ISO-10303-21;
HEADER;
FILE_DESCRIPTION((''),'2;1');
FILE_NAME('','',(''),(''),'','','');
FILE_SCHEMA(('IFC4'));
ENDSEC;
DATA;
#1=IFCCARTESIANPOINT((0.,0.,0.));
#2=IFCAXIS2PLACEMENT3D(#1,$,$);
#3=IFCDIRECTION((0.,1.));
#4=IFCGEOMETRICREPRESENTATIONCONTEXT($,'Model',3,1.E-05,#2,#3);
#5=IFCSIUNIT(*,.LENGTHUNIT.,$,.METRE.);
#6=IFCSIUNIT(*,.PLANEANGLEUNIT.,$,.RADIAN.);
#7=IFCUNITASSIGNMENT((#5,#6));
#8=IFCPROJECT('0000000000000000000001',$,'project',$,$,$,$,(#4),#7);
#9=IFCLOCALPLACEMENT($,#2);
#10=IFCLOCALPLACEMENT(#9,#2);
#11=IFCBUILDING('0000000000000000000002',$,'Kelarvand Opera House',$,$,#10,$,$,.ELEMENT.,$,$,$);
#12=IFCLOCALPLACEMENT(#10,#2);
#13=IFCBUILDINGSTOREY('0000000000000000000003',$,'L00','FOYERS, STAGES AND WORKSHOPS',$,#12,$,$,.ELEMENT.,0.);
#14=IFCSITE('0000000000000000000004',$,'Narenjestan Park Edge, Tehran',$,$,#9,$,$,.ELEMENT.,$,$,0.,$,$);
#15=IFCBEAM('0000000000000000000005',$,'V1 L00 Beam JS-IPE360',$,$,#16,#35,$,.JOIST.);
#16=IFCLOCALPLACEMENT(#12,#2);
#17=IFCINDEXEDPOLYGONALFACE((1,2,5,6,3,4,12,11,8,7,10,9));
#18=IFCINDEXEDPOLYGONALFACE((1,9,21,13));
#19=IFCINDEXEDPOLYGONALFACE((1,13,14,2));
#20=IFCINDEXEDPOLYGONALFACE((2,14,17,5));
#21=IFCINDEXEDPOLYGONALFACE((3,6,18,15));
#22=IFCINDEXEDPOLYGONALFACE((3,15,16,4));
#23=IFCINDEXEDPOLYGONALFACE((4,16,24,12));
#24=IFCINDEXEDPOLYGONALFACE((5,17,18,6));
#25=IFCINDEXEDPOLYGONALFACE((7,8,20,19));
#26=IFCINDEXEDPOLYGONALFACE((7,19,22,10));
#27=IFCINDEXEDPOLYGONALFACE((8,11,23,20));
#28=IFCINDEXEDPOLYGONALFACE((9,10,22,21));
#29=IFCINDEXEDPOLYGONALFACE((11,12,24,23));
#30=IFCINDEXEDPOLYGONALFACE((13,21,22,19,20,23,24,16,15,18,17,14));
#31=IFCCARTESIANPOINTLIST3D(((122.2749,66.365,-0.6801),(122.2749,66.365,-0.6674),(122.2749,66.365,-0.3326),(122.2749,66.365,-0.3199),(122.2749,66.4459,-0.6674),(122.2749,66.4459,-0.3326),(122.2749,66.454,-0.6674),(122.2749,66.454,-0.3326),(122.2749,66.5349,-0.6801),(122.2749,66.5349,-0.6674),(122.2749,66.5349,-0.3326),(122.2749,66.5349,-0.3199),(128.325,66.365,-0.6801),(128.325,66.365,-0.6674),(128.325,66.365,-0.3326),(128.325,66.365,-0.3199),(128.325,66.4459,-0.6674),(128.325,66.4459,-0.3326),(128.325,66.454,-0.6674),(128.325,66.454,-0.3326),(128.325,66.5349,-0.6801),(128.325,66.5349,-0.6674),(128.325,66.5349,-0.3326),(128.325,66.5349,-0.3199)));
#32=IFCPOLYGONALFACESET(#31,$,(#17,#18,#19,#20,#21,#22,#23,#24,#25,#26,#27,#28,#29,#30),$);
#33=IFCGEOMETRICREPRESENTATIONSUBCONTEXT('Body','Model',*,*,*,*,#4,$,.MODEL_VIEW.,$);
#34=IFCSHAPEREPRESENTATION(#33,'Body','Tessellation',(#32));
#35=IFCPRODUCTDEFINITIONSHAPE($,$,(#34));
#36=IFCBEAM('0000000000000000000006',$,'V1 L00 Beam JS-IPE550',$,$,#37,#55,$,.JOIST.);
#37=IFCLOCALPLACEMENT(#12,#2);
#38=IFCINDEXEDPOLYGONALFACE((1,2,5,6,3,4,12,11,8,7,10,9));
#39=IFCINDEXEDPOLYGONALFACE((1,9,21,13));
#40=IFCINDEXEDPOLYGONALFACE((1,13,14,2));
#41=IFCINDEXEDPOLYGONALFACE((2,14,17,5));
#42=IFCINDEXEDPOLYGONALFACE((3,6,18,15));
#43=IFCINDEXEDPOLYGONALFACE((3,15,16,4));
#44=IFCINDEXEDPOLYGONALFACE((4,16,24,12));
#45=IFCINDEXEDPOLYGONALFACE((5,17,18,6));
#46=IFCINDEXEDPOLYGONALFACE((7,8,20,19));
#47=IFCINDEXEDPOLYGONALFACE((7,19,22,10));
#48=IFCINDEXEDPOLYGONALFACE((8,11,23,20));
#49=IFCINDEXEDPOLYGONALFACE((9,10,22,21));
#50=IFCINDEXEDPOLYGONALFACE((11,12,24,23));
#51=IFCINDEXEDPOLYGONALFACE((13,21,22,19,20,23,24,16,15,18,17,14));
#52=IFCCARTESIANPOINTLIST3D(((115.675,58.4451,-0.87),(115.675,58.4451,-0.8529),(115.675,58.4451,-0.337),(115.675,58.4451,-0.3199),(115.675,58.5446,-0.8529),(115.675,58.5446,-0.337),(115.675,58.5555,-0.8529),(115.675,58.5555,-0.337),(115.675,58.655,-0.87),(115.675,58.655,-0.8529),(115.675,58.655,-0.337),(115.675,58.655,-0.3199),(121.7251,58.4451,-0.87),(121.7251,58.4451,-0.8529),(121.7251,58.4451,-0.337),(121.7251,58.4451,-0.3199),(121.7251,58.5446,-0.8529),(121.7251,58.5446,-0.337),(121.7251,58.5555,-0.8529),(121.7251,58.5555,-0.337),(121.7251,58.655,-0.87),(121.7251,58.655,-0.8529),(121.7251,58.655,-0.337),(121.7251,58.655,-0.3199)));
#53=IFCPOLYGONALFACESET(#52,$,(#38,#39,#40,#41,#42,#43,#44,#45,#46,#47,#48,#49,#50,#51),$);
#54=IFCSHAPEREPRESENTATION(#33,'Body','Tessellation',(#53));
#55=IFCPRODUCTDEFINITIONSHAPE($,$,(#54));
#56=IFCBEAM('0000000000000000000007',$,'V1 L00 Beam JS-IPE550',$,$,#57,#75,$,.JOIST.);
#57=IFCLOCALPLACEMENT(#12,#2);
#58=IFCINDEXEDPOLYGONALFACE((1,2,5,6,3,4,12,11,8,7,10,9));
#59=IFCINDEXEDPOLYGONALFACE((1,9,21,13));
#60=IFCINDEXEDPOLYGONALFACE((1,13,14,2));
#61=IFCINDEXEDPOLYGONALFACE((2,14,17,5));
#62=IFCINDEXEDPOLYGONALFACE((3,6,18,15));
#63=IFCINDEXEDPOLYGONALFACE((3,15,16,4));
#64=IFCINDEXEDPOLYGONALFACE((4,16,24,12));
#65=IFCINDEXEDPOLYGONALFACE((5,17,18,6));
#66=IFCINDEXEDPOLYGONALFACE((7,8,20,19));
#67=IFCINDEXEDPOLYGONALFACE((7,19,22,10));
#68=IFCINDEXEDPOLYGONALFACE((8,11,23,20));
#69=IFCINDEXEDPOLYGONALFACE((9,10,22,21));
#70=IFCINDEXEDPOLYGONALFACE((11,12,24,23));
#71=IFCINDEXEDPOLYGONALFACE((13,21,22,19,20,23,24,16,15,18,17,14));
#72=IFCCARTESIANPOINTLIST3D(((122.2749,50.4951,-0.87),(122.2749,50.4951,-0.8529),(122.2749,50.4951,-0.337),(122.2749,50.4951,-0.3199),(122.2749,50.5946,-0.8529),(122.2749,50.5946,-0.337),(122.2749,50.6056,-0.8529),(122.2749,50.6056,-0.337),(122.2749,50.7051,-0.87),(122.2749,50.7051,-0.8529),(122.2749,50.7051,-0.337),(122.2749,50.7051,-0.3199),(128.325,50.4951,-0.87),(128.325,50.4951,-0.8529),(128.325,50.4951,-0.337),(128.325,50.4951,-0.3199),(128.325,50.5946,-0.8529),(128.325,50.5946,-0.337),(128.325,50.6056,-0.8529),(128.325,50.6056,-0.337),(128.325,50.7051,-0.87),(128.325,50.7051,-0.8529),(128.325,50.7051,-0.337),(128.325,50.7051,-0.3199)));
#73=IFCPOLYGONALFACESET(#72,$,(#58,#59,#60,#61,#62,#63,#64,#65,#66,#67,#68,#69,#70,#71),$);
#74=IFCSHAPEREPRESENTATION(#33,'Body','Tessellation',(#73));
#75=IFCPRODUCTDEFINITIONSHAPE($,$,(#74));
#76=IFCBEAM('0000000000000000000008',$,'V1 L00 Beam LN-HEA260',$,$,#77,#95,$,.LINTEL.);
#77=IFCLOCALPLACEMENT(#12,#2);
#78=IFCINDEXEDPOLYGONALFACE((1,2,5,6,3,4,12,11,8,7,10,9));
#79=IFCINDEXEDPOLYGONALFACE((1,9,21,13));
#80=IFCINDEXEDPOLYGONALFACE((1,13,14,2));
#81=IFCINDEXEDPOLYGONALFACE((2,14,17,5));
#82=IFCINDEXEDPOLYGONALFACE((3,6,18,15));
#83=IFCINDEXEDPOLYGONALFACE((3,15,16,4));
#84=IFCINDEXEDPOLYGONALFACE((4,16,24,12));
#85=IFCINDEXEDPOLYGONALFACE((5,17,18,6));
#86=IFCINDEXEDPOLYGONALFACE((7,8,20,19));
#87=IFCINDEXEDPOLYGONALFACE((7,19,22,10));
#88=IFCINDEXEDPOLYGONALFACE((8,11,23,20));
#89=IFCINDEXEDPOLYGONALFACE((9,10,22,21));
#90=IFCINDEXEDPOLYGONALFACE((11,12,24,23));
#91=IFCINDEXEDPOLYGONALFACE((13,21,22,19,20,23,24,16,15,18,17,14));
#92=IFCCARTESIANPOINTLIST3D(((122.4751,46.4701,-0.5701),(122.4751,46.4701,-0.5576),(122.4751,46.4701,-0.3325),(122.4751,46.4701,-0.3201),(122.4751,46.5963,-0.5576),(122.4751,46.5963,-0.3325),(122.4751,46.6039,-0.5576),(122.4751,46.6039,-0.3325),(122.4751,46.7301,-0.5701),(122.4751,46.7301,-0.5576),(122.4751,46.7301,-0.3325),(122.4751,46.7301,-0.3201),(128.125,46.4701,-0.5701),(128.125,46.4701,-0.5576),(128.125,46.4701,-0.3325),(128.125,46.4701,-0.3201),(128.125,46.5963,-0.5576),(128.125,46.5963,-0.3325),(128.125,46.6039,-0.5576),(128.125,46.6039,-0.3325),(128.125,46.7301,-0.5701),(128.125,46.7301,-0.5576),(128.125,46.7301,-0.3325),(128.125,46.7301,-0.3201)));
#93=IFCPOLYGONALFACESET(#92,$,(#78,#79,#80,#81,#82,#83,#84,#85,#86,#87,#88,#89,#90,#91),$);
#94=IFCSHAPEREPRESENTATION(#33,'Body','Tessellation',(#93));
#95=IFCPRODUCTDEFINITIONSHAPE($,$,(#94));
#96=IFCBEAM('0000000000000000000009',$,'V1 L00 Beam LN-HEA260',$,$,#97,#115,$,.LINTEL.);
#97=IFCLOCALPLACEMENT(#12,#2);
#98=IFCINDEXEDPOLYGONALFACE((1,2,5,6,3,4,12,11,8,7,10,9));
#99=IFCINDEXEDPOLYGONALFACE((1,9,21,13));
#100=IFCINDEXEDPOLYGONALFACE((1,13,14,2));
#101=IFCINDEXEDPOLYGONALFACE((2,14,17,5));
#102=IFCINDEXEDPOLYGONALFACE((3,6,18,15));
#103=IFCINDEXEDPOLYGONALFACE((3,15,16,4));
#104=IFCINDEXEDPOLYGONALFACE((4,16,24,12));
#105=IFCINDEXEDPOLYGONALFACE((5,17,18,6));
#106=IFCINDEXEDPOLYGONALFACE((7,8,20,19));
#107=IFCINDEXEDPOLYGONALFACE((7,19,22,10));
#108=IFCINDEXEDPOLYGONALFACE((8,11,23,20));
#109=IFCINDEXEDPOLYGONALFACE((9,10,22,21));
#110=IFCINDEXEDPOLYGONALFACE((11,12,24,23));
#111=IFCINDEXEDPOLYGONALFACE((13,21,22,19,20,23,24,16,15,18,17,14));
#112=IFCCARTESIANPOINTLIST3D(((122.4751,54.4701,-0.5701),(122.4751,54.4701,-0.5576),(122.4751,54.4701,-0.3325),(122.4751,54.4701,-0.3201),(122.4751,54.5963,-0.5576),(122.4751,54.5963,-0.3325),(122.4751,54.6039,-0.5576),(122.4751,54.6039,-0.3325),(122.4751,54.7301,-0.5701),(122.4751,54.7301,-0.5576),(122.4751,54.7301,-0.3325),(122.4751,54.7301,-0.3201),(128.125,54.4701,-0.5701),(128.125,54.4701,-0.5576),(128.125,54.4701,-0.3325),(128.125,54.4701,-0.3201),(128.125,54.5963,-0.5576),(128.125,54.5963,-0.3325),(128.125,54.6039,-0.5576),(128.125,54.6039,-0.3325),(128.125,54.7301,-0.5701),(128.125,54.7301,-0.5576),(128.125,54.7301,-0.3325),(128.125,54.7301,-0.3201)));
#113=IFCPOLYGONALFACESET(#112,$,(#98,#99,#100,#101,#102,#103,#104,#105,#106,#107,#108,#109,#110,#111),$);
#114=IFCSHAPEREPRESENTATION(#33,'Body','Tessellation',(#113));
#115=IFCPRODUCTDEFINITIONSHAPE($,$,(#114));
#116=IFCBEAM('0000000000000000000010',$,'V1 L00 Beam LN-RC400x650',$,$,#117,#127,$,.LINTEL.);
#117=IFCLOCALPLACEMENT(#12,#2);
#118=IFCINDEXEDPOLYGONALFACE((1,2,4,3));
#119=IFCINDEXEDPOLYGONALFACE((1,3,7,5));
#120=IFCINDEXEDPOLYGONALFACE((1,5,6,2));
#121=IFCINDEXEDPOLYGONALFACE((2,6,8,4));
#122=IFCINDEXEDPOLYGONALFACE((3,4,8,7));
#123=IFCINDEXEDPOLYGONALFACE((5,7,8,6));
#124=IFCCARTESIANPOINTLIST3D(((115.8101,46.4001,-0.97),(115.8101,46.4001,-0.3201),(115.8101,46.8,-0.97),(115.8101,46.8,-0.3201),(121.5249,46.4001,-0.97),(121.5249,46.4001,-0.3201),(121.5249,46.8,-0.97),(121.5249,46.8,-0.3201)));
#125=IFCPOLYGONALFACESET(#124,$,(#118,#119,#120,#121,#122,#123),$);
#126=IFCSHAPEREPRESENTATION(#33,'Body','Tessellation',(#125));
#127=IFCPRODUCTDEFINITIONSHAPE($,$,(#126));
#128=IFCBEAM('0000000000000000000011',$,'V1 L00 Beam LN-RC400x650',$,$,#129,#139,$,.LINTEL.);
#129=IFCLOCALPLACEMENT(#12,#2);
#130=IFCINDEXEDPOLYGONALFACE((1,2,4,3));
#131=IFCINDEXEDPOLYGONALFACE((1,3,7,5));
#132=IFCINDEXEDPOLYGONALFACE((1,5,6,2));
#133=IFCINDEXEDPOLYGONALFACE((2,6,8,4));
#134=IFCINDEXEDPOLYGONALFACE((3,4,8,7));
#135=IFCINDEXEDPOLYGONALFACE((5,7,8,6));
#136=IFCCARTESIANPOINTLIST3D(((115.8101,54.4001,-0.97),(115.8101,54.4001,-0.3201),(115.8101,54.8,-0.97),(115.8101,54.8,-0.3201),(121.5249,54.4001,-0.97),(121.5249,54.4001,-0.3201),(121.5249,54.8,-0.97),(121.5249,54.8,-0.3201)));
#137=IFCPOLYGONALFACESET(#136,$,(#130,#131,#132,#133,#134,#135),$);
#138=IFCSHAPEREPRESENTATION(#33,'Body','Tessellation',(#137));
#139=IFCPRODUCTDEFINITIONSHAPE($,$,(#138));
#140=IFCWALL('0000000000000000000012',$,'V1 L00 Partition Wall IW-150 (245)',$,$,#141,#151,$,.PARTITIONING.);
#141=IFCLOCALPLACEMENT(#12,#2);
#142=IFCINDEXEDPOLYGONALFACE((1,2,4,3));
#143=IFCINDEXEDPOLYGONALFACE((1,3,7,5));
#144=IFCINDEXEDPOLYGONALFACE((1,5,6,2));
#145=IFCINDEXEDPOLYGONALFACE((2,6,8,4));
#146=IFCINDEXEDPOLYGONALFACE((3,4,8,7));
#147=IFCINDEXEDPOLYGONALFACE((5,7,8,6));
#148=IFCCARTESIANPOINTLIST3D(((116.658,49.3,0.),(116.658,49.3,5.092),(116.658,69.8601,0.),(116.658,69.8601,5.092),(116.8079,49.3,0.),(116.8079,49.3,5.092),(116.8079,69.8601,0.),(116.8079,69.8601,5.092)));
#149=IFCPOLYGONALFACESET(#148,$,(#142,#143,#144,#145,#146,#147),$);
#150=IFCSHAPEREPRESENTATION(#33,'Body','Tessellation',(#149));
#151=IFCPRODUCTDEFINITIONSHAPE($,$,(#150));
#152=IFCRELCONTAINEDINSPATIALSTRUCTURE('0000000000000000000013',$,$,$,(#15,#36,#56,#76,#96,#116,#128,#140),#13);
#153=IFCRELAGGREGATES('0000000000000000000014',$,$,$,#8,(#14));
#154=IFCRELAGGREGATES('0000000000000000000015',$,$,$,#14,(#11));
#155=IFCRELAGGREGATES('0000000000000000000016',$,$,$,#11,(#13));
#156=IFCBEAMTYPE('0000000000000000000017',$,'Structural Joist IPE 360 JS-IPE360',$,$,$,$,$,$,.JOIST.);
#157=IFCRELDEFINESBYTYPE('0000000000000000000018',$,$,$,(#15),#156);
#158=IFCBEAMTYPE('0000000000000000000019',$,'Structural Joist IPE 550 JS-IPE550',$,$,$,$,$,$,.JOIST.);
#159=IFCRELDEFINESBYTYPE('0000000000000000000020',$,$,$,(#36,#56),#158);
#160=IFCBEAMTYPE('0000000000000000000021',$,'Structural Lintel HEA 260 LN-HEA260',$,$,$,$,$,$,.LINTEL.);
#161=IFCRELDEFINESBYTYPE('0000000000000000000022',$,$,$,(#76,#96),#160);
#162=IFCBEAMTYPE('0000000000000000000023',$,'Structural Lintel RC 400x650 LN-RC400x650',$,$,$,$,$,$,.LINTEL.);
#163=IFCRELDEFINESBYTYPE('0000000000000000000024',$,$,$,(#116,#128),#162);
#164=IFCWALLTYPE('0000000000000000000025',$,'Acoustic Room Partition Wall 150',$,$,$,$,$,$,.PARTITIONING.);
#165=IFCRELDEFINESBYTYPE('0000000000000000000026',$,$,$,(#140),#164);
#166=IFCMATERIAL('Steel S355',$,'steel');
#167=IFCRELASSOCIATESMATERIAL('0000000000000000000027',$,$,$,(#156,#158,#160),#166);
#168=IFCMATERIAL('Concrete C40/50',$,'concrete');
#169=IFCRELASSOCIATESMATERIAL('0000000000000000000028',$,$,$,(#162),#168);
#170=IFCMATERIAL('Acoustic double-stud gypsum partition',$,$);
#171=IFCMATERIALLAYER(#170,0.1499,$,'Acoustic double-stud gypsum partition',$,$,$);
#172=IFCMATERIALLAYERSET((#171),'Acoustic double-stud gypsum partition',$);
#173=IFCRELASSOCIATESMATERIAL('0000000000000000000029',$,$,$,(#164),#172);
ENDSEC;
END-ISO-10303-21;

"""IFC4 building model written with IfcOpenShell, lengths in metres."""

from ifc_helpers import new_model, si_unit, direction, frame, frame_2d, origin, origin_2d, place, context, subcontext, project, spatial, rectangle, i_section, extrude, material, layer, layer_set, material_profile, profile_set, type_object, element, save


model = new_model("IFC4")

# Units and contexts
model_context = context("Model", 3, precision=1e-05, world=origin(), true_north=direction((0.0, 1.0)))
body_context = subcontext(model_context, "Body", "Model", "MODEL_VIEW")
ifc_project = project(units=[si_unit("LENGTHUNIT", "METRE"), si_unit("PLANEANGLEUNIT", "RADIAN")], contexts=[model_context])

# Site, building, storey
site_placement = place(None, origin())
site = spatial("IfcSite", under=ifc_project, at=site_placement, Name="Narenjestan Park Edge, Tehran", CompositionType="ELEMENT", RefElevation=0.0)
building_placement = place(site_placement, origin())
building = spatial("IfcBuilding", under=site, at=building_placement, Name="Kelarvand Opera House", CompositionType="ELEMENT")
storey_placement = place(building_placement, origin())
storey = spatial("IfcBuildingStorey", under=building, at=storey_placement, Name="L00", Description="FOYERS, STAGES AND WORKSHOPS", CompositionType="ELEMENT", Elevation=0.0)

# Shared definitions
ifc_material_1 = material(Name="Concrete C40/50", Category="concrete")

# Beams
ifc_material_2 = material(Name="Steel S355", Category="steel")
ifc_material_profile_1 = material_profile(ifc_material_2, i_section(OverallWidth=0.1699, OverallDepth=0.3601, WebThickness=0.0081, FlangeThickness=0.0127, at=origin_2d()), Name="IPE 360", Category="steel")
ifc_profile_set_1 = profile_set([ifc_material_profile_1], Name="Steel S355")
beam_type_1 = type_object("IfcBeamType", Name="Structural Joist IPE 360 JS-IPE360", PredefinedType="JOIST", material=ifc_profile_set_1)
beam_1_placement = place(storey_placement, frame((122.2749, 66.45, -0.5), z_axis=(1.0, 0.0, 0.0), x_axis=(0.0, 1.0, 0.0)))
element("IfcBeam", 1, at=beam_1_placement, inside=storey, type_object=beam_type_1, Name="V1 L00 Beam JS-IPE360", PredefinedType="JOIST", context=body_context, shape_type="SweptSolid", body=[
    extrude(i_section(OverallWidth=0.1699, OverallDepth=0.3601, WebThickness=0.0081, FlangeThickness=0.0127, at=origin_2d()), origin(), (0.0, 0.0, 1.0), 6.05),
])
ifc_material_profile_2 = material_profile(ifc_material_2, i_section(OverallWidth=0.21, OverallDepth=0.55, WebThickness=0.011, FlangeThickness=0.0171, at=origin_2d()), Name="IPE 550", Category="steel")
ifc_profile_set_2 = profile_set([ifc_material_profile_2], Name="Steel S355")
beam_type_2 = type_object("IfcBeamType", Name="Structural Joist IPE 550 JS-IPE550", PredefinedType="JOIST", material=ifc_profile_set_2)
for number, where, z_axis, x_axis, name in (
    (2, (115.675, 58.55, -0.595), (1.0, 0.0, 0.0), (0.0, 1.0, 0.0), "V1 L00 Beam JS-IPE550"),
    (3, (122.2749, 50.6001, -0.595), (1.0, 0.0, 0.0), (0.0, 1.0, 0.0), "V1 L00 Beam JS-IPE550"),
):
    element("IfcBeam", number, at=place(storey_placement, frame(where, z_axis=z_axis, x_axis=x_axis)), inside=storey, type_object=beam_type_2, Name=name, PredefinedType="JOIST", context=body_context, shape_type="SweptSolid", body=[
        extrude(i_section(OverallWidth=0.21, OverallDepth=0.55, WebThickness=0.011, FlangeThickness=0.0171, at=origin_2d()), origin(), (0.0, 0.0, 1.0), 6.05),
    ])
ifc_material_profile_3 = material_profile(ifc_material_2, i_section(OverallWidth=0.26, OverallDepth=0.25, WebThickness=0.0076, FlangeThickness=0.0125, at=origin_2d()), Name="HEA 260", Category="steel")
ifc_profile_set_3 = profile_set([ifc_material_profile_3], Name="Steel S355")
beam_type_3 = type_object("IfcBeamType", Name="Structural Lintel HEA 260 LN-HEA260", PredefinedType="LINTEL", material=ifc_profile_set_3)
for number, where, z_axis, x_axis, name in (
    (4, (122.4751, 46.6001, -0.4451), (1.0, 0.0, 0.0), (0.0, 1.0, 0.0), "V1 L00 Beam LN-HEA260"),
    (5, (122.4751, 54.6001, -0.4451), (1.0, 0.0, 0.0), (0.0, 1.0, 0.0), "V1 L00 Beam LN-HEA260"),
):
    element("IfcBeam", number, at=place(storey_placement, frame(where, z_axis=z_axis, x_axis=x_axis)), inside=storey, type_object=beam_type_3, Name=name, PredefinedType="LINTEL", context=body_context, shape_type="SweptSolid", body=[
        extrude(i_section(OverallWidth=0.26, OverallDepth=0.25, WebThickness=0.0076, FlangeThickness=0.0125, at=origin_2d()), origin(), (0.0, 0.0, 1.0), 5.6499),
    ])
ifc_material_profile_4 = material_profile(ifc_material_1, rectangle(XDim=0.3999, YDim=0.6499, at=origin_2d()), Name="RC 400x650", Category="concrete")
ifc_profile_set_4 = profile_set([ifc_material_profile_4], Name="Concrete C40/50")
beam_type_4 = type_object("IfcBeamType", Name="Structural Lintel RC 400x650 LN-RC400x650", PredefinedType="LINTEL", material=ifc_profile_set_4)
for number, where, z_axis, x_axis, name in (
    (6, (115.8101, 46.6001, -0.645), (1.0, 0.0, 0.0), (0.0, 1.0, 0.0), "V1 L00 Beam LN-RC400x650"),
    (7, (115.8101, 54.6001, -0.645), (1.0, 0.0, 0.0), (0.0, 1.0, 0.0), "V1 L00 Beam LN-RC400x650"),
):
    element("IfcBeam", number, at=place(storey_placement, frame(where, z_axis=z_axis, x_axis=x_axis)), inside=storey, type_object=beam_type_4, Name=name, PredefinedType="LINTEL", context=body_context, shape_type="SweptSolid", body=[
        extrude(rectangle(XDim=0.3999, YDim=0.6499, at=origin_2d()), origin(), (0.0, 0.0, 1.0), 5.7148),
    ])

# Wall
ifc_material_3 = material(Name="Acoustic double-stud gypsum partition")
ifc_layer = layer(ifc_material_3, 0.1499, Name="Acoustic double-stud gypsum partition")
ifc_layer_set = layer_set([ifc_layer], Name="Acoustic double-stud gypsum partition")
wall_type = type_object("IfcWallType", Name="Acoustic Room Partition Wall 150", PredefinedType="PARTITIONING", material=ifc_layer_set)
wall_placement = place(storey_placement, frame((116.7329, 49.3, 0.0), z_axis=(0.0, 0.0, 1.0), x_axis=(0.0, 1.0, 0.0)))
element("IfcWall", 8, at=wall_placement, inside=storey, type_object=wall_type, Name="V1 L00 Partition Wall IW-150 (245)", PredefinedType="PARTITIONING", context=body_context, shape_type="SweptSolid", body=[
    extrude(rectangle(XDim=20.5601, YDim=0.1499, at=frame_2d((10.28, 0.0))), origin(), (0.0, 0.0, 1.0), 5.092),
])

save(model, "model.ifc")
